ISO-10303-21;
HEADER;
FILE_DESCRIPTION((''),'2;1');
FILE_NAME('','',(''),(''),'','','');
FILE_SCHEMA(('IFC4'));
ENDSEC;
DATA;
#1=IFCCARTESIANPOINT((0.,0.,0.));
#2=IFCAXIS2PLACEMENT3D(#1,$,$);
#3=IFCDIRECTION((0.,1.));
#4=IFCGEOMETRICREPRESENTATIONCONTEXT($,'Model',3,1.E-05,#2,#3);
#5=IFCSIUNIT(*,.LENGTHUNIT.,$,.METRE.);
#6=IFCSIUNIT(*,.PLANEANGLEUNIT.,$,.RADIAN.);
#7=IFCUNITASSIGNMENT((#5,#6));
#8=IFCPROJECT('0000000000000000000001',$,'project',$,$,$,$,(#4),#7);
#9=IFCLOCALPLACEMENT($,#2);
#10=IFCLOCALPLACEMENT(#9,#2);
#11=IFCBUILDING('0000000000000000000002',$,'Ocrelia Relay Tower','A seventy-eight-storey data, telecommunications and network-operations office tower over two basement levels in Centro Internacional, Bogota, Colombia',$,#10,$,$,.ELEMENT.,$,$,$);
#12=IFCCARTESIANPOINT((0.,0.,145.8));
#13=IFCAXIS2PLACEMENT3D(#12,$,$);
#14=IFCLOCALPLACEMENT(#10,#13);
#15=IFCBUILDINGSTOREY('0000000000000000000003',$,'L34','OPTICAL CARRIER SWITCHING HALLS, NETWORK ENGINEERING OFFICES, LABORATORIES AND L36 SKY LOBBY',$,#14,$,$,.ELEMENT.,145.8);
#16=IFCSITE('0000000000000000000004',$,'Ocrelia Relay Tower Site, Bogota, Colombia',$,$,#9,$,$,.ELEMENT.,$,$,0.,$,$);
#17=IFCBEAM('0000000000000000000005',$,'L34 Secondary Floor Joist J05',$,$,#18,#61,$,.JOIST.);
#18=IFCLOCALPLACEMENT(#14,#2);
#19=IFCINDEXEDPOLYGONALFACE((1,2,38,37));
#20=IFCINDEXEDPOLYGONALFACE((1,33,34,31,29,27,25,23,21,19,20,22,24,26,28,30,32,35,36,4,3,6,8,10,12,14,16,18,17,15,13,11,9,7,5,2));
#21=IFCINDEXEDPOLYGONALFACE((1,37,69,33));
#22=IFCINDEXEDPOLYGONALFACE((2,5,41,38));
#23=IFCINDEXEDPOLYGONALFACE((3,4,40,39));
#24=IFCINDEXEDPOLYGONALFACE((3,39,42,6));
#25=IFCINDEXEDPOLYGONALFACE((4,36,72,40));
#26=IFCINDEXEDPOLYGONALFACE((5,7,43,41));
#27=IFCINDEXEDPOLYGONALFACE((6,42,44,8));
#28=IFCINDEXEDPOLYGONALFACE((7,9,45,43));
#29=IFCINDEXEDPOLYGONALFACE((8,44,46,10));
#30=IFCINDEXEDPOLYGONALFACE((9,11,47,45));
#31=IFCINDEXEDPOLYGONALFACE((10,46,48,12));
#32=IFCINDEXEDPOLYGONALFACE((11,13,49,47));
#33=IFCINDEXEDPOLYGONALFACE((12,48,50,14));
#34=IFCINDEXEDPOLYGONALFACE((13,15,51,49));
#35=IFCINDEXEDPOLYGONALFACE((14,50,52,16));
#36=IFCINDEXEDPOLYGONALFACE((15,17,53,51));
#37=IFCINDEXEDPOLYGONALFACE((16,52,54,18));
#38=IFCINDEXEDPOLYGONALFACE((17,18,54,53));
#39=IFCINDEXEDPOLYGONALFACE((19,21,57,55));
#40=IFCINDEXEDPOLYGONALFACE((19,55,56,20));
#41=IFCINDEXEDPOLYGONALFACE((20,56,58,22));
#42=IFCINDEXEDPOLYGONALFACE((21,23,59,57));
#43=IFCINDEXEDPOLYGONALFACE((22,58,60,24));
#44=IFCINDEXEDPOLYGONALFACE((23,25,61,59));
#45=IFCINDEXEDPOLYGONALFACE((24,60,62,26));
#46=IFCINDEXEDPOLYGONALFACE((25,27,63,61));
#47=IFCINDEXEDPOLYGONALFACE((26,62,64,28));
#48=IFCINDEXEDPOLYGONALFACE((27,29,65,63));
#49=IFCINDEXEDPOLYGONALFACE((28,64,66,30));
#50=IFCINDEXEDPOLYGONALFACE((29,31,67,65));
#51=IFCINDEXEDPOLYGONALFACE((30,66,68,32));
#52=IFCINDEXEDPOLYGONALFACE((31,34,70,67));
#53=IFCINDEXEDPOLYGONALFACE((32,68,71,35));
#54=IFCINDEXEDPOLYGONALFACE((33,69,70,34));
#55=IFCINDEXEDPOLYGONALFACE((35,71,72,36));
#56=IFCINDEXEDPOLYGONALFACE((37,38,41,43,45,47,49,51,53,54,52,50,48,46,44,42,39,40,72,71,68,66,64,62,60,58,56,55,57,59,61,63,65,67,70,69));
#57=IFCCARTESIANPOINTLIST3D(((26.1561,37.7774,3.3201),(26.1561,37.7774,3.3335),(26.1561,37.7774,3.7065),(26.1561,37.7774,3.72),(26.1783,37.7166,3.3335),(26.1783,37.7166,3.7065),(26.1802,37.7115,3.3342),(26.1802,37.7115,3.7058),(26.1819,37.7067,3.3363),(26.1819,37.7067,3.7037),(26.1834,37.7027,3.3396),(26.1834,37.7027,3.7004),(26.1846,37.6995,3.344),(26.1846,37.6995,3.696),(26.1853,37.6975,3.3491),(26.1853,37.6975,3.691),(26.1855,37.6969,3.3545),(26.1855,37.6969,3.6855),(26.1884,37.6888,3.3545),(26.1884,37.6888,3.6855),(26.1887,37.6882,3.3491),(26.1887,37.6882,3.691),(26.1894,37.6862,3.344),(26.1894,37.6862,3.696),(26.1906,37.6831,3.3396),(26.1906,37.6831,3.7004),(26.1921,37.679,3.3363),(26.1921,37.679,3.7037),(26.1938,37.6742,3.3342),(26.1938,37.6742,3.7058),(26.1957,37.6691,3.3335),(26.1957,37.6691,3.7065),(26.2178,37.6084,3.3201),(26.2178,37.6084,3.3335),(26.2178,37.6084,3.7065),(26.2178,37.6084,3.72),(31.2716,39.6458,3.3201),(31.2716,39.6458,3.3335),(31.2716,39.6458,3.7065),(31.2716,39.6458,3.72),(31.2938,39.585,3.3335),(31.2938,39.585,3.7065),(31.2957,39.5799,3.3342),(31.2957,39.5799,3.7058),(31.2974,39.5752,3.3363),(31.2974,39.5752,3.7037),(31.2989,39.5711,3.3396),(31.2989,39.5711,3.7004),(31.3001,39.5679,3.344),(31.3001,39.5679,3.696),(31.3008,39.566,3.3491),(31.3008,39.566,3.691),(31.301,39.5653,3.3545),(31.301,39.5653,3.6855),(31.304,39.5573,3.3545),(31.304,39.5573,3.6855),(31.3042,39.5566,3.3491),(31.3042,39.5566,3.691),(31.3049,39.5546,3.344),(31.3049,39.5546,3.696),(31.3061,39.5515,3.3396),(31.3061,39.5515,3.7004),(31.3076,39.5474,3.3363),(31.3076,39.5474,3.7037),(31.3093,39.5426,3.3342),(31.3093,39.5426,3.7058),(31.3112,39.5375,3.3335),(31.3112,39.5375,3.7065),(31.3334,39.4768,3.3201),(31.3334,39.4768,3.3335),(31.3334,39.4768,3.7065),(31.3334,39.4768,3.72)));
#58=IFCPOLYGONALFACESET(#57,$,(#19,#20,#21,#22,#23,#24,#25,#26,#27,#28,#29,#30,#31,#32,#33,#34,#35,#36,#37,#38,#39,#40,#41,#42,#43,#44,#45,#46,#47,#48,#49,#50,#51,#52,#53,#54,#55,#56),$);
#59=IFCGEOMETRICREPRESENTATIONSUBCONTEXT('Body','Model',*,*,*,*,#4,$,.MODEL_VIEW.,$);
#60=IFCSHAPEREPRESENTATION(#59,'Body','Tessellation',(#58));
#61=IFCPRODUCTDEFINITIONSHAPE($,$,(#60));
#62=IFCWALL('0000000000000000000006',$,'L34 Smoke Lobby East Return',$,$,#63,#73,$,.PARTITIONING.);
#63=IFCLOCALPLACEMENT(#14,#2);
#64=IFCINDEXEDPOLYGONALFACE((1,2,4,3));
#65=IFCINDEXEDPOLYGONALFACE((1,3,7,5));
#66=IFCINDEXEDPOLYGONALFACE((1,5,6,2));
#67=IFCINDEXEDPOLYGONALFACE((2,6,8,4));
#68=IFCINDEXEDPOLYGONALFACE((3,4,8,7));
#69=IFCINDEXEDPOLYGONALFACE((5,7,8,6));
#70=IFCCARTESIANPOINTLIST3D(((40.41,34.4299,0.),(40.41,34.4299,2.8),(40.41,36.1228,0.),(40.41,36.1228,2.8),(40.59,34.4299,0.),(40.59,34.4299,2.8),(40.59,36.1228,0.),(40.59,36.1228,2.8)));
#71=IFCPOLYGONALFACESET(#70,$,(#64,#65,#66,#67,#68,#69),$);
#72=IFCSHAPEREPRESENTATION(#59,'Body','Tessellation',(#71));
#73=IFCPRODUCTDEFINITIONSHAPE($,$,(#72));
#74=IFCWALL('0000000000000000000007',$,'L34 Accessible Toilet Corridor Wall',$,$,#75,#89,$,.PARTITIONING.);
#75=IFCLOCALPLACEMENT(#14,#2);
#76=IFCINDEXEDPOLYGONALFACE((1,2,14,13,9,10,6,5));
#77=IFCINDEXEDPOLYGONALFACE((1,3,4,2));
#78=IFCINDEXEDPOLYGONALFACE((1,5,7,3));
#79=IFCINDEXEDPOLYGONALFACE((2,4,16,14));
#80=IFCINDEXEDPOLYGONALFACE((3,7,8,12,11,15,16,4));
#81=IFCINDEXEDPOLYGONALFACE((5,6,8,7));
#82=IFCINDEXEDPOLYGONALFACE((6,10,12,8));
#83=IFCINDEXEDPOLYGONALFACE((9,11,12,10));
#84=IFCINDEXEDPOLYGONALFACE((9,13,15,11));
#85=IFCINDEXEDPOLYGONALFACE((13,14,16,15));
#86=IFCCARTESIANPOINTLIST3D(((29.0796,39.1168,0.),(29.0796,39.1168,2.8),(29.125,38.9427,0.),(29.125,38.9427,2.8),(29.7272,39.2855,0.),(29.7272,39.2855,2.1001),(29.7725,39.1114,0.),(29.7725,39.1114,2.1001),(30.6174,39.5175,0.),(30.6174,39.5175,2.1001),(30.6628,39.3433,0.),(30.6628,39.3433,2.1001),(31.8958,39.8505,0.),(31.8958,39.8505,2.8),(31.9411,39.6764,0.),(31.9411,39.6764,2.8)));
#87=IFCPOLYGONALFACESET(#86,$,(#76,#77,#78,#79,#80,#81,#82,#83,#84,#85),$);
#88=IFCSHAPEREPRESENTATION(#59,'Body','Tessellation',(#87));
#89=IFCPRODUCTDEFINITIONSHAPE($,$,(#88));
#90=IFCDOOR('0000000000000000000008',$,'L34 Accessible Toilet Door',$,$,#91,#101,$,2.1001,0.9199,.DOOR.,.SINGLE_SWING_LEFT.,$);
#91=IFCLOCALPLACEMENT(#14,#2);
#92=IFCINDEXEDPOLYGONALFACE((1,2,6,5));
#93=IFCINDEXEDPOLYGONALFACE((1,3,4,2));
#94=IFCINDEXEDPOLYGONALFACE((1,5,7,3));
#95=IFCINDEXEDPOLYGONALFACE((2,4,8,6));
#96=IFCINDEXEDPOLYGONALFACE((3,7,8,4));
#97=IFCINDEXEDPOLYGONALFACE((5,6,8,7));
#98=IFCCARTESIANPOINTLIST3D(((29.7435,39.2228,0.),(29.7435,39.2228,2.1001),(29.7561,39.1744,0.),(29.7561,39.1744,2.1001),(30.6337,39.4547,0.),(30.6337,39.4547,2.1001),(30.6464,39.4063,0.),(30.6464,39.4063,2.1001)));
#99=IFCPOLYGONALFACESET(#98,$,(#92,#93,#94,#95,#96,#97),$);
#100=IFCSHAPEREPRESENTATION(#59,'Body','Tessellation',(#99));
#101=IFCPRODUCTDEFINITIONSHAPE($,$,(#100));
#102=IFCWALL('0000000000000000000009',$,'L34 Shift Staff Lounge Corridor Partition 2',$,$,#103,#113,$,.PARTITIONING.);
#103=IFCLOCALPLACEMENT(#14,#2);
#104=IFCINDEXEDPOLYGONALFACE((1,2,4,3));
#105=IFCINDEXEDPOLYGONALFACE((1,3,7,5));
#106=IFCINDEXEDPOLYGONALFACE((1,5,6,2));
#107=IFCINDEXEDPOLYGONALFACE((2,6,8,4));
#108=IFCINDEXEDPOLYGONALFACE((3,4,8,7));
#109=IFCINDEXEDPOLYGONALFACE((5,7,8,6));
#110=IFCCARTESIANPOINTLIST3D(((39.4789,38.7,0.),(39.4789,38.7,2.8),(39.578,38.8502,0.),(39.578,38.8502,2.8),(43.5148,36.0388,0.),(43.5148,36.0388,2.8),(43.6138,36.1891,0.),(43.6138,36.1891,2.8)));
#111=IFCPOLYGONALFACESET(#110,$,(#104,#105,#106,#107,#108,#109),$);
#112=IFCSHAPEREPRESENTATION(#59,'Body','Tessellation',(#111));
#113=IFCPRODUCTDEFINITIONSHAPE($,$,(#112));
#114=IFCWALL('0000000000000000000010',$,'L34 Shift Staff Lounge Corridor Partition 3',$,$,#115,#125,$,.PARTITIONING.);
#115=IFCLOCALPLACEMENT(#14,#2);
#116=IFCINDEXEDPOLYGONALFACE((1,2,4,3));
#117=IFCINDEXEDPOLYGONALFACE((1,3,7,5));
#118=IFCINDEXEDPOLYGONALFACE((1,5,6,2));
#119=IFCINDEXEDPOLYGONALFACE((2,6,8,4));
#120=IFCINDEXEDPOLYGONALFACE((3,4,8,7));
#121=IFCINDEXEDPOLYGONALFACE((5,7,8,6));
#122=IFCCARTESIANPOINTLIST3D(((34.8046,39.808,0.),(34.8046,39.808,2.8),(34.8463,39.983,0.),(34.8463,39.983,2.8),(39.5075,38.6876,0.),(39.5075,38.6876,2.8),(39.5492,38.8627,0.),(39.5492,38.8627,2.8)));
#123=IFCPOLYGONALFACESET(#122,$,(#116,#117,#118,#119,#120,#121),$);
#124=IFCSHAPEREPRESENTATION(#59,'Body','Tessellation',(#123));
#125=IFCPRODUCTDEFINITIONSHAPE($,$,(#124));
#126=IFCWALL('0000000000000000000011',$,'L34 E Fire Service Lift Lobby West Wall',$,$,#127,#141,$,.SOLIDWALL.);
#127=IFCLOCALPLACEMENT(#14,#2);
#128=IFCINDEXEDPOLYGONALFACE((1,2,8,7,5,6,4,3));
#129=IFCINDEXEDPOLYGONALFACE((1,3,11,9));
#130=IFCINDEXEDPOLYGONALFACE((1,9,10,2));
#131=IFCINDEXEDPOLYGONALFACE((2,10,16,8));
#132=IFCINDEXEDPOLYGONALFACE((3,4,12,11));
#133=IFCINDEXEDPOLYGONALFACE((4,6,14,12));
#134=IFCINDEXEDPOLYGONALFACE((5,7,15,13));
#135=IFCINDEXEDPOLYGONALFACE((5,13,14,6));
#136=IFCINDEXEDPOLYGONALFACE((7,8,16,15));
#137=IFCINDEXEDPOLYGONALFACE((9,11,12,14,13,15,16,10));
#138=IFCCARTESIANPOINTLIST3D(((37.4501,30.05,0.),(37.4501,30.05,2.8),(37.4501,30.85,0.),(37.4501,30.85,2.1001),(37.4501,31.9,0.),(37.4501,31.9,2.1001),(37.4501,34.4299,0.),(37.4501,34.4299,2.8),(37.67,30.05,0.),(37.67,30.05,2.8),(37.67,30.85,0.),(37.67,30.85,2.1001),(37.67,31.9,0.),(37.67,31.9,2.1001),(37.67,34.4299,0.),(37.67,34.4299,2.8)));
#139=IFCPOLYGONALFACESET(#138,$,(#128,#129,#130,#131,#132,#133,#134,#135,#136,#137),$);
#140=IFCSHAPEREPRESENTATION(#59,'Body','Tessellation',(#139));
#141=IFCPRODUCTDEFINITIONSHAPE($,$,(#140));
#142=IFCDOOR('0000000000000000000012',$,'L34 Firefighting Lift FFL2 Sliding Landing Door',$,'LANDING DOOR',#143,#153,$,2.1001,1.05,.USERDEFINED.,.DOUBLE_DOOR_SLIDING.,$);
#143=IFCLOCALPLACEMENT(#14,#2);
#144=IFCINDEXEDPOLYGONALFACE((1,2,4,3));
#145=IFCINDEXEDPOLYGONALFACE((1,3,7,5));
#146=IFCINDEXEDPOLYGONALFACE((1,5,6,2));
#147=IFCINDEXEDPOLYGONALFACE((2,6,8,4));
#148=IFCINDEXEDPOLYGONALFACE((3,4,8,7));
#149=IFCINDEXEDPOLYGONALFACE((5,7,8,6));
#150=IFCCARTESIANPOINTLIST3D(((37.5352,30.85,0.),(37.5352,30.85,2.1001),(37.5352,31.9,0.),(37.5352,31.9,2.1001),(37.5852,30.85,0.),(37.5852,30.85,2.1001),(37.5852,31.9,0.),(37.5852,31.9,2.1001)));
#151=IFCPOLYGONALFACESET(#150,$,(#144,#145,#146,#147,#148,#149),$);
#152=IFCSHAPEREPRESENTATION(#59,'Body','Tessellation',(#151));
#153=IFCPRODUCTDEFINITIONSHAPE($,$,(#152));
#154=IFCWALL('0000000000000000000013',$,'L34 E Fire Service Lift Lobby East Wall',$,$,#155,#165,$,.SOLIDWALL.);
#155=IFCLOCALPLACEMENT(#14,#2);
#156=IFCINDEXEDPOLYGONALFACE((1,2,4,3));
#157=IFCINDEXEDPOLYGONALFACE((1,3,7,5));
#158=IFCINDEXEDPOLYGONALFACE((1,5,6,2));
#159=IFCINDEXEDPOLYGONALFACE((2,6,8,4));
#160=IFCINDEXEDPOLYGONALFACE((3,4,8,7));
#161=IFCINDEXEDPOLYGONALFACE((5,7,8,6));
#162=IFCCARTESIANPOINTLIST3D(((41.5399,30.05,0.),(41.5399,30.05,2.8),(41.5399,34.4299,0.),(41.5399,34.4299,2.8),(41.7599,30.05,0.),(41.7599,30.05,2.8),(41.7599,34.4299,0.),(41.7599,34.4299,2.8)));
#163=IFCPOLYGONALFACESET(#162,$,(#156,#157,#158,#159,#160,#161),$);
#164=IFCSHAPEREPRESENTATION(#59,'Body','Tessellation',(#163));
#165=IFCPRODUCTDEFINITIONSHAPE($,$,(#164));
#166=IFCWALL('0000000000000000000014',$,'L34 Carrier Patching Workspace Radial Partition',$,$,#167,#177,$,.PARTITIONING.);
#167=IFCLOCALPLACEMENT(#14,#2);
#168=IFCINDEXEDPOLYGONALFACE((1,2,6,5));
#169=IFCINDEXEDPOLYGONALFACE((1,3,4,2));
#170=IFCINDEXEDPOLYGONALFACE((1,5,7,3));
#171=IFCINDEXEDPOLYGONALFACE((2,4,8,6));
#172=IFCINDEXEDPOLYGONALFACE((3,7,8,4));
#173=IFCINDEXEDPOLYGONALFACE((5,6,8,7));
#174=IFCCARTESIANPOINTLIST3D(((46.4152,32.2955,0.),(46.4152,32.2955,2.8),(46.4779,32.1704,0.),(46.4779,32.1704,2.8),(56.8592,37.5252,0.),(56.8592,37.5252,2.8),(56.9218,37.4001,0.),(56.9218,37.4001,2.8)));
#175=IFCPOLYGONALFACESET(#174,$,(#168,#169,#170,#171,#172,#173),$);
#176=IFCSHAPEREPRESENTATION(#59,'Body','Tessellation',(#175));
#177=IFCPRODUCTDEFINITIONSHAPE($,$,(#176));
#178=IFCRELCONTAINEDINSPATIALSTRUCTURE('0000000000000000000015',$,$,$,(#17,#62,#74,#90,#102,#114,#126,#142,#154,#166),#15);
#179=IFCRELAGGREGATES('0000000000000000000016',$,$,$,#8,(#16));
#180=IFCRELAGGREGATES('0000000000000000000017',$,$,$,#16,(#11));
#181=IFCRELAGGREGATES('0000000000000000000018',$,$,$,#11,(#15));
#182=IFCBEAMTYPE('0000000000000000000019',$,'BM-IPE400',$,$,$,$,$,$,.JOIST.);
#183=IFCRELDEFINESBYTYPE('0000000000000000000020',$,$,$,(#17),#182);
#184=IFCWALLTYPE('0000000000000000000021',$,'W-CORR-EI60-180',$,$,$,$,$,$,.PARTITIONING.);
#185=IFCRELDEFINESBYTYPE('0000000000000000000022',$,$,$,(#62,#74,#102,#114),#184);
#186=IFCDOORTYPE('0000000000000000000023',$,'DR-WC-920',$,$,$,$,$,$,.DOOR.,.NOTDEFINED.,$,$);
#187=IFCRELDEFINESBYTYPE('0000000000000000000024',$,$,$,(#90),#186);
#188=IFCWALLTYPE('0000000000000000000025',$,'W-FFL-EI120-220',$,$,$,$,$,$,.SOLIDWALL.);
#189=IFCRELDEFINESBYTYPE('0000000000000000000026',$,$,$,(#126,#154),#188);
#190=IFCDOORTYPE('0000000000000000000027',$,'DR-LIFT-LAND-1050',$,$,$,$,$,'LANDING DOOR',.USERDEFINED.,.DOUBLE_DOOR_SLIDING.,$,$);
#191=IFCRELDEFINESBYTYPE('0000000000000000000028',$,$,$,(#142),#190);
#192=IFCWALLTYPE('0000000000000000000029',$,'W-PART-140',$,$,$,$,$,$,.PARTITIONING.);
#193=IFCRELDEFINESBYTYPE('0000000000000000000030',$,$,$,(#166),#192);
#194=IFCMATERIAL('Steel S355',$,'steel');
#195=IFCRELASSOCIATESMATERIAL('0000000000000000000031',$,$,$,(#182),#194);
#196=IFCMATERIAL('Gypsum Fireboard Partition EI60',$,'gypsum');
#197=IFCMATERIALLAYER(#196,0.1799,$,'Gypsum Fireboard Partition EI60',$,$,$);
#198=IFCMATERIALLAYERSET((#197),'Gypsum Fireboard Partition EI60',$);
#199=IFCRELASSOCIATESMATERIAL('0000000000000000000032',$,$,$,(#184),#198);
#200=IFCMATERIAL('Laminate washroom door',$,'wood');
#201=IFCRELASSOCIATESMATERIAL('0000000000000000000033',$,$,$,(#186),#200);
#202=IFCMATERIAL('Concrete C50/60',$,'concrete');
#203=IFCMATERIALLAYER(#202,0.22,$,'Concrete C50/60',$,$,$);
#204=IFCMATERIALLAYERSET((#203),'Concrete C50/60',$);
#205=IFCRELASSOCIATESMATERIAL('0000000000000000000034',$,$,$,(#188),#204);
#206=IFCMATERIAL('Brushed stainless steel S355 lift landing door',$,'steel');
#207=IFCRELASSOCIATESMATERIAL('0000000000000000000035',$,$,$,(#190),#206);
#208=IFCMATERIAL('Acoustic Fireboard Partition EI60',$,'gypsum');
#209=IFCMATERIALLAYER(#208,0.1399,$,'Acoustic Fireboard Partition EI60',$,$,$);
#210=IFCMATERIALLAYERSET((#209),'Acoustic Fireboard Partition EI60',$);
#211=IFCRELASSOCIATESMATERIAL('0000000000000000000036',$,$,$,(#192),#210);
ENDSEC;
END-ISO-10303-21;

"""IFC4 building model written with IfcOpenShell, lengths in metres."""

from ifc_helpers import new_model, si_unit, direction, frame, frame_2d, origin, origin_2d, place, context, subcontext, project, spatial, rectangle, i_section, extrude, material, layer, layer_set, material_profile, profile_set, type_object, element, fill, save


model = new_model("IFC4")

# Units and contexts
model_context = context("Model", 3, precision=1e-05, world=origin(), true_north=direction((0.0, 1.0)))
body_context = subcontext(model_context, "Body", "Model", "MODEL_VIEW")
ifc_project = project(units=[si_unit("LENGTHUNIT", "METRE"), si_unit("PLANEANGLEUNIT", "RADIAN")], contexts=[model_context])

# Site, building, storey
site_placement = place(None, origin())
site = spatial("IfcSite", under=ifc_project, at=site_placement, Name="Ocrelia Relay Tower Site, Bogota, Colombia", CompositionType="ELEMENT", RefElevation=0.0)
building_placement = place(site_placement, origin())
building = spatial("IfcBuilding", under=site, at=building_placement, Name="Ocrelia Relay Tower", Description="A seventy-eight-storey data, telecommunications and network-operations office tower over two basement levels in Centro Internacional, Bogota, Colombia", CompositionType="ELEMENT")
storey_placement = place(building_placement, frame((0.0, 0.0, 145.8)))
storey = spatial("IfcBuildingStorey", under=building, at=storey_placement, Name="L34", Description="OPTICAL CARRIER SWITCHING HALLS, NETWORK ENGINEERING OFFICES, LABORATORIES AND L36 SKY LOBBY", CompositionType="ELEMENT", Elevation=145.8)

# Beam
ifc_material_1 = material(Name="Steel S355", Category="steel")
ifc_material_profile_1 = material_profile(ifc_material_1, i_section(OverallWidth=0.1799, OverallDepth=0.3999, WebThickness=0.0085, FlangeThickness=0.0134, FilletRadius=0.021, at=origin_2d()), Name="IPE 400")
ifc_profile_set_1 = profile_set([ifc_material_profile_1], Name="Steel S355")
beam_type = type_object("IfcBeamType", Name="BM-IPE400", PredefinedType="JOIST", material=ifc_profile_set_1)
beam_1_placement = place(storey_placement, frame((31.3025, 39.5613, 3.52), z_axis=(-0.939307, -0.343078, 0.0), x_axis=(0.343078, -0.939307, 0.0)))
element("IfcBeam", 1, at=beam_1_placement, inside=storey, type_object=beam_type, Name="L34 Secondary Floor Joist J05", PredefinedType="JOIST", context=body_context, shape_type="SweptSolid", body=[
    extrude(i_section(OverallWidth=0.1799, OverallDepth=0.3999, WebThickness=0.0085, FlangeThickness=0.0134, FilletRadius=0.021, at=origin_2d()), origin(), (0.0, 0.0, 1.0), 5.446),
])

# Wall
ifc_material_2 = material(Name="Gypsum Fireboard Partition EI60", Category="gypsum")
ifc_layer_1 = layer(ifc_material_2, 0.1799, Name="Gypsum Fireboard Partition EI60")
ifc_layer_set_1 = layer_set([ifc_layer_1], Name="Gypsum Fireboard Partition EI60")
wall_type_1 = type_object("IfcWallType", Name="W-CORR-EI60-180", PredefinedType="PARTITIONING", material=ifc_layer_set_1)
wall_1_placement = place(storey_placement, frame((40.5, 36.1228, 0.0), z_axis=(0.0, 0.0, 1.0), x_axis=(0.0, -1.0, 0.0)))
element("IfcWall", 2, at=wall_1_placement, inside=storey, type_object=wall_type_1, Name="L34 Smoke Lobby East Return", PredefinedType="PARTITIONING", context=body_context, shape_type="SweptSolid", body=[
    extrude(rectangle(XDim=1.6929, YDim=0.1799, at=frame_2d((0.8464, 0.0))), origin(), (0.0, 0.0, 1.0), 2.8),
])

# Wall, opening, door
wall_2_placement = place(storey_placement, frame((31.9185, 39.7634, 0.0), z_axis=(0.0, 0.0, 1.0), x_axis=(-0.967702, -0.252097, 0.0)))
wall_2 = element("IfcWall", 3, at=wall_2_placement, inside=storey, type_object=wall_type_1, Name="L34 Accessible Toilet Corridor Wall", PredefinedType="PARTITIONING", context=body_context, shape_type="SweptSolid", body=[
    extrude(rectangle(XDim=2.9102, YDim=0.1799, at=frame_2d((1.4551, 0.0))), origin(), (0.0, 0.0, 1.0), 2.8),
])
opening_1_placement = place(wall_2_placement, frame((1.321, 0.0, 0.0)))
opening_1 = element("IfcOpeningElement", 4, at=opening_1_placement, cuts=wall_2, PredefinedType="OPENING", context=body_context, shape_type="SweptSolid", body=[
    extrude(rectangle(XDim=0.9199, YDim=2.1001, at=frame_2d((0.46, 1.05))), frame((0.0, 0.1001, 0.0), z_axis=(0.0, -1.0, 0.0), x_axis=(1.0, 0.0, 0.0)), (0.0, 0.0, 1.0), 0.2),
])
ifc_material_3 = material(Name="Laminate washroom door", Category="wood")
door_type_1 = type_object("IfcDoorType", Name="DR-WC-920", OperationType="NOTDEFINED", PredefinedType="DOOR", material=ifc_material_3)
door_1_placement = place(opening_1_placement, origin())
door_1 = element("IfcDoor", 5, at=door_1_placement, inside=storey, type_object=door_type_1, Name="L34 Accessible Toilet Door", OperationType="SINGLE_SWING_LEFT", OverallHeight=2.1001, OverallWidth=0.9199, PredefinedType="DOOR", context=body_context, shape_type="SweptSolid", body=[
    extrude(rectangle(XDim=0.9199, YDim=2.1001, at=frame_2d((0.46, 1.05))), frame((0.0, 0.0249, 0.0), z_axis=(0.0, -1.0, 0.0), x_axis=(1.0, 0.0, 0.0)), (0.0, 0.0, 1.0), 0.05),
])
fill(opening_1, door_1)

# Walls
wall_3_placement = place(storey_placement, frame((43.5642, 36.114, 0.0), z_axis=(0.0, 0.0, 1.0), x_axis=(-0.834852, 0.550474, 0.0)))
element("IfcWall", 6, at=wall_3_placement, inside=storey, type_object=wall_type_1, Name="L34 Shift Staff Lounge Corridor Partition 2", PredefinedType="PARTITIONING", context=body_context, shape_type="SweptSolid", body=[
    extrude(rectangle(XDim=4.8342, YDim=0.1799, at=frame_2d((2.417, 0.0))), origin(), (0.0, 0.0, 1.0), 2.8),
])
wall_4_placement = place(storey_placement, frame((39.5283, 38.7751, 0.0), z_axis=(0.0, 0.0, 1.0), x_axis=(-0.972777, 0.231743, 0.0)))
element("IfcWall", 7, at=wall_4_placement, inside=storey, type_object=wall_type_1, Name="L34 Shift Staff Lounge Corridor Partition 3", PredefinedType="PARTITIONING", context=body_context, shape_type="SweptSolid", body=[
    extrude(rectangle(XDim=4.8345, YDim=0.1799, at=frame_2d((2.4172, 0.0))), origin(), (0.0, 0.0, 1.0), 2.8),
])

# Wall, opening, door
ifc_material_4 = material(Name="Concrete C50/60", Category="concrete")
ifc_layer_2 = layer(ifc_material_4, 0.22, Name="Concrete C50/60")
ifc_layer_set_2 = layer_set([ifc_layer_2], Name="Concrete C50/60")
wall_type_2 = type_object("IfcWallType", Name="W-FFL-EI120-220", PredefinedType="SOLIDWALL", material=ifc_layer_set_2)
wall_5_placement = place(storey_placement, frame((37.5601, 30.05, 0.0), z_axis=(0.0, 0.0, 1.0), x_axis=(0.0, 1.0, 0.0)))
wall_5 = element("IfcWall", 8, at=wall_5_placement, inside=storey, type_object=wall_type_2, Name="L34 E Fire Service Lift Lobby West Wall", PredefinedType="SOLIDWALL", context=body_context, shape_type="SweptSolid", body=[
    extrude(rectangle(XDim=4.3799, YDim=0.22, at=frame_2d((2.1899, 0.0))), origin(), (0.0, 0.0, 1.0), 2.8),
])
opening_2_placement = place(wall_5_placement, frame((0.8, 0.0, 0.0)))
opening_2 = element("IfcOpeningElement", 9, at=opening_2_placement, cuts=wall_5, PredefinedType="OPENING", context=body_context, shape_type="SweptSolid", body=[
    extrude(rectangle(XDim=1.05, YDim=2.1001, at=frame_2d((0.5249, 1.05))), frame((0.0, 0.1201, 0.0), z_axis=(0.0, -1.0, 0.0), x_axis=(1.0, 0.0, 0.0)), (0.0, 0.0, 1.0), 0.24),
])
ifc_material_5 = material(Name="Brushed stainless steel S355 lift landing door", Category="steel")
door_type_2 = type_object("IfcDoorType", Name="DR-LIFT-LAND-1050", ElementType="LANDING DOOR", OperationType="DOUBLE_DOOR_SLIDING", PredefinedType="USERDEFINED", material=ifc_material_5)
door_2_placement = place(opening_2_placement, origin())
door_2 = element("IfcDoor", 10, at=door_2_placement, inside=storey, type_object=door_type_2, Name="L34 Firefighting Lift FFL2 Sliding Landing Door", ObjectType="LANDING DOOR", OperationType="DOUBLE_DOOR_SLIDING", OverallHeight=2.1001, OverallWidth=1.05, PredefinedType="USERDEFINED", context=body_context, shape_type="SweptSolid", body=[
    extrude(rectangle(XDim=1.05, YDim=2.1001, at=frame_2d((0.5249, 1.05))), frame((0.0, 0.0249, 0.0), z_axis=(0.0, -1.0, 0.0), x_axis=(1.0, 0.0, 0.0)), (0.0, 0.0, 1.0), 0.05),
])
fill(opening_2, door_2)

# Wall
wall_6_placement = place(storey_placement, frame((41.6499, 30.05, 0.0), z_axis=(0.0, 0.0, 1.0), x_axis=(0.0, 1.0, 0.0)))
element("IfcWall", 11, at=wall_6_placement, inside=storey, type_object=wall_type_2, Name="L34 E Fire Service Lift Lobby East Wall", PredefinedType="SOLIDWALL", context=body_context, shape_type="SweptSolid", body=[
    extrude(rectangle(XDim=4.3799, YDim=0.22, at=frame_2d((2.1899, 0.0))), origin(), (0.0, 0.0, 1.0), 2.8),
])

# Wall
ifc_material_6 = material(Name="Acoustic Fireboard Partition EI60", Category="gypsum")
ifc_layer_3 = layer(ifc_material_6, 0.1399, Name="Acoustic Fireboard Partition EI60")
ifc_layer_set_3 = layer_set([ifc_layer_3], Name="Acoustic Fireboard Partition EI60")
wall_type_3 = type_object("IfcWallType", Name="W-PART-140", PredefinedType="PARTITIONING", material=ifc_layer_set_3)
wall_7_placement = place(storey_placement, frame((46.4465, 32.2329, 0.0), z_axis=(0.0, 0.0, 1.0), x_axis=(0.894159, 0.447749, 0.0)))
element("IfcWall", 12, at=wall_7_placement, inside=storey, type_object=wall_type_3, Name="L34 Carrier Patching Workspace Radial Partition", PredefinedType="PARTITIONING", context=body_context, shape_type="SweptSolid", body=[
    extrude(rectangle(XDim=11.6802, YDim=0.1399, at=frame_2d((5.8401, 0.0))), origin(), (0.0, 0.0, 1.0), 2.8),
])

save(model, "model.ifc")
